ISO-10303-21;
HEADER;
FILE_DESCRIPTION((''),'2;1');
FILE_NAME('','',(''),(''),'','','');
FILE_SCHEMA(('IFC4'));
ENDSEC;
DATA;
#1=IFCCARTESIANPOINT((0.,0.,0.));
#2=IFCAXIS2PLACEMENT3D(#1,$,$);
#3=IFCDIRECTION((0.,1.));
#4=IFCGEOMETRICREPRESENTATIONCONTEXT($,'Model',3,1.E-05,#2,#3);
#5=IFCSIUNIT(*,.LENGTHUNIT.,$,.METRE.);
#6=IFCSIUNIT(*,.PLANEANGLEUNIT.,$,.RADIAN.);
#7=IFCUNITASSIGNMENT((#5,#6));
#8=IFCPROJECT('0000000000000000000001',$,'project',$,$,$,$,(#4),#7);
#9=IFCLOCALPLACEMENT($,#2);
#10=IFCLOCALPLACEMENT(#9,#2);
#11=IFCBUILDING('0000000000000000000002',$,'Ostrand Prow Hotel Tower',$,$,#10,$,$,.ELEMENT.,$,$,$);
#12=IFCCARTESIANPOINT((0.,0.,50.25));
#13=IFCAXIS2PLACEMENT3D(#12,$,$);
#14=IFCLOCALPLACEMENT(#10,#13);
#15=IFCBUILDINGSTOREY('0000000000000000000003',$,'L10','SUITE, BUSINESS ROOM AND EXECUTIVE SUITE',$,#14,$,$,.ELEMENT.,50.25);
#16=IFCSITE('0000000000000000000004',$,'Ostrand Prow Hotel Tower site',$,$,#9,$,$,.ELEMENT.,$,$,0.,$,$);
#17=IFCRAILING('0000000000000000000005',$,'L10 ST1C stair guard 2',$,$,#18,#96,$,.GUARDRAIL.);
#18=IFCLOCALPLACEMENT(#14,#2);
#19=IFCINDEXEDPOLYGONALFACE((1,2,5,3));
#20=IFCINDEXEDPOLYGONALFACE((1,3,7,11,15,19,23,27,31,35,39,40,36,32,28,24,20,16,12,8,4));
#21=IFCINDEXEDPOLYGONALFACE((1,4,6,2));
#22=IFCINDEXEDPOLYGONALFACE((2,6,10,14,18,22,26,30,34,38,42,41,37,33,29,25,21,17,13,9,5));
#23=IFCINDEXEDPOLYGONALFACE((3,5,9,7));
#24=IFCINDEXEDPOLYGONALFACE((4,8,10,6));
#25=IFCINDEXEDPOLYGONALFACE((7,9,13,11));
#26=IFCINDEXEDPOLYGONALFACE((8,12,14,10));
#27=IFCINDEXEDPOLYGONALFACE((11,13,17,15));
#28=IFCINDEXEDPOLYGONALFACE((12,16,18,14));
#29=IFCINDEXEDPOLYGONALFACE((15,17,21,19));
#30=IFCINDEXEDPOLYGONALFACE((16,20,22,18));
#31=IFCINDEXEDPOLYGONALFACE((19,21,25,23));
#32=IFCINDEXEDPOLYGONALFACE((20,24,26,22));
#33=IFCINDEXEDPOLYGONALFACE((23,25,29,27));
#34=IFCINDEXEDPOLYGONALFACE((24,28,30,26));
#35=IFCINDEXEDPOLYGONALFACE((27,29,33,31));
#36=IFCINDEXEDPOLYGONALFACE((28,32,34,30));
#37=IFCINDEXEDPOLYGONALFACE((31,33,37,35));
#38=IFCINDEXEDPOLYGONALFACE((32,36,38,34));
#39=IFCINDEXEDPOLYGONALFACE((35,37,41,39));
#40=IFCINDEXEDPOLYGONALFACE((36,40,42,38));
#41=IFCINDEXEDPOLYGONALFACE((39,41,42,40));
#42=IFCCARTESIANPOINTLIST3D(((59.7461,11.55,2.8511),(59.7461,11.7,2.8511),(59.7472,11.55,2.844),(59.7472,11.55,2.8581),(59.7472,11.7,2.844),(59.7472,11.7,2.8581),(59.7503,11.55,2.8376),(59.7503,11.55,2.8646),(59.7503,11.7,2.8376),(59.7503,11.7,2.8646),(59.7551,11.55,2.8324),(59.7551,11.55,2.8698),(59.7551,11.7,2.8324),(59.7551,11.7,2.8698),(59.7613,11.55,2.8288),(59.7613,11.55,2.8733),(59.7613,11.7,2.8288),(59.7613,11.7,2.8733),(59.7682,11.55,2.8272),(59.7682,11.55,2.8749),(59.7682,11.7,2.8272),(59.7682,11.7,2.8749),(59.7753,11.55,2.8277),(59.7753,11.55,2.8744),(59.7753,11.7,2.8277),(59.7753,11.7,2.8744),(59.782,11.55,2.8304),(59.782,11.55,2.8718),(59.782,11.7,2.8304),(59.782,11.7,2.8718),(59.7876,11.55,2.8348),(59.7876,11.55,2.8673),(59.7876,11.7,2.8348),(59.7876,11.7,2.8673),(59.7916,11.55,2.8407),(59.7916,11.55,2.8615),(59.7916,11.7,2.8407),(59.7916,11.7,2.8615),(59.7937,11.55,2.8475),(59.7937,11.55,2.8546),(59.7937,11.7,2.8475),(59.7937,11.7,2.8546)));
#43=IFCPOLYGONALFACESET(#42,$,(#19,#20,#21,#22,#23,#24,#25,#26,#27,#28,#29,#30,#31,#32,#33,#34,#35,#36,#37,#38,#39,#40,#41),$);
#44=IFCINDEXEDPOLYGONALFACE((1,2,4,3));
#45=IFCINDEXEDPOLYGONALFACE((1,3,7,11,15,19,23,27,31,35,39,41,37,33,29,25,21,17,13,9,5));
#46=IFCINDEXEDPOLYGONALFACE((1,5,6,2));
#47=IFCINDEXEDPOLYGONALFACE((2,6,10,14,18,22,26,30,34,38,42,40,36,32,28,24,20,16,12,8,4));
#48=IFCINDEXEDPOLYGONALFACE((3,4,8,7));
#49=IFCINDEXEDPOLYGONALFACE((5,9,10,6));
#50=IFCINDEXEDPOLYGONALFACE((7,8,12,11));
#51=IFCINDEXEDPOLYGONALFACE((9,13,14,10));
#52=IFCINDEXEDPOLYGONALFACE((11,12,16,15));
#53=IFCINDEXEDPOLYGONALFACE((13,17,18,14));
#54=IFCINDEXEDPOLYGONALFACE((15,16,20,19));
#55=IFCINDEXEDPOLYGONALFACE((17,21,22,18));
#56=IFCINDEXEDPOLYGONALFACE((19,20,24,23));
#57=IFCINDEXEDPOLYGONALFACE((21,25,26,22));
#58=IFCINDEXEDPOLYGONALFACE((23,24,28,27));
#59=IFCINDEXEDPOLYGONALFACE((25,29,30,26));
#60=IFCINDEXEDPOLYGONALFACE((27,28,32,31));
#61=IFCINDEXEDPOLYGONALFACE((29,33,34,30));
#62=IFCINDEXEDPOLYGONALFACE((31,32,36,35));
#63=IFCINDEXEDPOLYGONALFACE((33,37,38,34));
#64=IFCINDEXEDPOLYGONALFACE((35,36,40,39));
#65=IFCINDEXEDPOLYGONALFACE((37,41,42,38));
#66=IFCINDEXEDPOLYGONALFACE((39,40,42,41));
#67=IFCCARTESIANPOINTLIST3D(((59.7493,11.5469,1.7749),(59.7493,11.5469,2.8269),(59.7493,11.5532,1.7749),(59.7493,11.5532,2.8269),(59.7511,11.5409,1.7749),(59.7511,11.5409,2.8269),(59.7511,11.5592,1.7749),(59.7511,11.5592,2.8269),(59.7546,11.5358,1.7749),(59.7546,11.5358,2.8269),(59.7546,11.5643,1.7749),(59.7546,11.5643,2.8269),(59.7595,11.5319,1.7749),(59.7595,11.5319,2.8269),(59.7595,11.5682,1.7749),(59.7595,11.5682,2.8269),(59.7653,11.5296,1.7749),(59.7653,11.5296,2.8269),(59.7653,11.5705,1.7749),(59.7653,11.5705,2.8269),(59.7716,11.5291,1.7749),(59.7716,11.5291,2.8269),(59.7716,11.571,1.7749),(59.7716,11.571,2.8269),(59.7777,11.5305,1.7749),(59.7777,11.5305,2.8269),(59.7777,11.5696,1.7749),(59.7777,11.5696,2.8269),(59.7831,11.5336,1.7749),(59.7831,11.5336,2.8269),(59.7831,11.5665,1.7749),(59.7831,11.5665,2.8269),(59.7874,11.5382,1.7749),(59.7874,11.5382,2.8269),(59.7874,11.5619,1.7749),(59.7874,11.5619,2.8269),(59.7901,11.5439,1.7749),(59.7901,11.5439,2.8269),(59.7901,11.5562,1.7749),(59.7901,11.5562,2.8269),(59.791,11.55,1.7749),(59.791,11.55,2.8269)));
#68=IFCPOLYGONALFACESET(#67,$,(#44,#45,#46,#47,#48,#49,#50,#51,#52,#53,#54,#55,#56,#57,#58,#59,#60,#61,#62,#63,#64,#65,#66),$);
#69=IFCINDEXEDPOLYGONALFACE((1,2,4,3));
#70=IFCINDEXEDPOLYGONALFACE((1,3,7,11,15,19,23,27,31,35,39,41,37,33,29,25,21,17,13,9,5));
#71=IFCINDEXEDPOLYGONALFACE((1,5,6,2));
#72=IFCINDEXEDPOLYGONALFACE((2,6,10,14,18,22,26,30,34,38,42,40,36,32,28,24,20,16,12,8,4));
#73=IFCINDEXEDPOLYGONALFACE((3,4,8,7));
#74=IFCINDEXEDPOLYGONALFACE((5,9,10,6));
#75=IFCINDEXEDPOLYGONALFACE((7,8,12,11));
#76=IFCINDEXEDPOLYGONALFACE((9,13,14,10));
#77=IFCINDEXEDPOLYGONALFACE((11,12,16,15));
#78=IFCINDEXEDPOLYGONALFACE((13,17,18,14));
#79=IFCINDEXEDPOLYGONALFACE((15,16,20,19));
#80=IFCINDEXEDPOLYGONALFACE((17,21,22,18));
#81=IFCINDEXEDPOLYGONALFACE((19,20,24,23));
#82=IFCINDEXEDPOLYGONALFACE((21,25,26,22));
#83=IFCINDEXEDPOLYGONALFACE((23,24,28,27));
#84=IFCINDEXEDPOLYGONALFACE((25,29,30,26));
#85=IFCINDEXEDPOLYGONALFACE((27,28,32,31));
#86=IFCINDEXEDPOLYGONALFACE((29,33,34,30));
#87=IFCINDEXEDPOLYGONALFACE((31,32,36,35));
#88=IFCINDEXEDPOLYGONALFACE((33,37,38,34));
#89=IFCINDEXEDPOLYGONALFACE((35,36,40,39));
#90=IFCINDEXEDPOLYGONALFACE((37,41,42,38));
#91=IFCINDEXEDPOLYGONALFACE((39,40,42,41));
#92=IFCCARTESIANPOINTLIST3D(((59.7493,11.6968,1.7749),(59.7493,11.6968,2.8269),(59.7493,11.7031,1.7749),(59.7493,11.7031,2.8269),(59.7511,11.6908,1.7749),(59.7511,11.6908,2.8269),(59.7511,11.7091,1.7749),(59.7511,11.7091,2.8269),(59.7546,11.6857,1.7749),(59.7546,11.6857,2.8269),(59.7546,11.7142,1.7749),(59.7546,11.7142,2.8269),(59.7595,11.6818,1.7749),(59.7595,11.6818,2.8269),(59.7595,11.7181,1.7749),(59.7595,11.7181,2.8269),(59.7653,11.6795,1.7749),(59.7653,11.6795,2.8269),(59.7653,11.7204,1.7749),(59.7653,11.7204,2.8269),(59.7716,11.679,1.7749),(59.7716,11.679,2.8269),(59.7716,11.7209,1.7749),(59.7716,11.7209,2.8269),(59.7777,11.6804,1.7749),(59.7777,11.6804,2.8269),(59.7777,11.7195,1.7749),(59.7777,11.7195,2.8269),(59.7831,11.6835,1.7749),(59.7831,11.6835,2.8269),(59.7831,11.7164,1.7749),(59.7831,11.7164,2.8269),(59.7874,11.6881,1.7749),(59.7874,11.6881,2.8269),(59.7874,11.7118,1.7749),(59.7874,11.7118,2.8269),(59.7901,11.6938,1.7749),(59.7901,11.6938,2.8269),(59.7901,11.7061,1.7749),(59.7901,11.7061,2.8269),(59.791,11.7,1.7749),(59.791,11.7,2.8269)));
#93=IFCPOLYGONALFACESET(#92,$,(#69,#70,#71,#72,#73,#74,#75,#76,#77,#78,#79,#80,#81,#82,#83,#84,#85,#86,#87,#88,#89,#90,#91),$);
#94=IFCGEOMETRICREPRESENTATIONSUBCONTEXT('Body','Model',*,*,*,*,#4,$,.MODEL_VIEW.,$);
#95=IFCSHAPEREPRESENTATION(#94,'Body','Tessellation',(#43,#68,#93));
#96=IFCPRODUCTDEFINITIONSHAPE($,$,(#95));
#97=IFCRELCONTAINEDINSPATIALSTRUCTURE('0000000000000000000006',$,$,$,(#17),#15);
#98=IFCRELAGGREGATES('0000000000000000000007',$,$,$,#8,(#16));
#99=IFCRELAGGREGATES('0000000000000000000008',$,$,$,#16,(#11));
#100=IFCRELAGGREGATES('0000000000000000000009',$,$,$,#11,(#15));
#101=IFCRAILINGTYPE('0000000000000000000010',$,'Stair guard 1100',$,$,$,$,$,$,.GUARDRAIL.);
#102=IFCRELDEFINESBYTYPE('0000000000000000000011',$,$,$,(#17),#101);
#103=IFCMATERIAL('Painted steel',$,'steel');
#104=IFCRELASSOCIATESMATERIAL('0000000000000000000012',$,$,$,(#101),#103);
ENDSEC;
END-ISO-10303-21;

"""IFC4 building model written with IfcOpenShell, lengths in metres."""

from ifc_helpers import new_model, si_unit, direction, frame, origin, origin_2d, place, context, subcontext, project, spatial, circle, extrude, material, type_object, element, save


model = new_model("IFC4")

# Units and contexts
model_context = context("Model", 3, precision=1e-05, world=origin(), true_north=direction((0.0, 1.0)))
body_context = subcontext(model_context, "Body", "Model", "MODEL_VIEW")
ifc_project = project(units=[si_unit("LENGTHUNIT", "METRE"), si_unit("PLANEANGLEUNIT", "RADIAN")], contexts=[model_context])

# Site, building, storey
site_placement = place(None, origin())
site = spatial("IfcSite", under=ifc_project, at=site_placement, Name="Ostrand Prow Hotel Tower site", CompositionType="ELEMENT", RefElevation=0.0)
building_placement = place(site_placement, origin())
building = spatial("IfcBuilding", under=site, at=building_placement, Name="Ostrand Prow Hotel Tower", CompositionType="ELEMENT")
storey_placement = place(building_placement, frame((0.0, 0.0, 50.25)))
storey = spatial("IfcBuildingStorey", under=building, at=storey_placement, Name="L10", Description="SUITE, BUSINESS ROOM AND EXECUTIVE SUITE", CompositionType="ELEMENT", Elevation=50.25)

# Railing
ifc_material_1 = material(Name="Painted steel", Category="steel")
railing_type_1 = type_object("IfcRailingType", Name="Stair guard 1100", PredefinedType="GUARDRAIL", material=ifc_material_1)
railing_1_placement = place(storey_placement, frame((59.77, 11.55, 1.7749)))
element("IfcRailing", 1, at=railing_1_placement, inside=storey, type_object=railing_type_1, Name="L10 ST1C stair guard 2", PredefinedType="GUARDRAIL", context=body_context, shape_type="SweptSolid", body=[
    extrude(circle(Radius=0.0239, at=origin_2d()), frame((0.0, 0.0, 1.0762), z_axis=(0.0, 1.0, 0.0), x_axis=(-1.0, 0.0, 0.0)), (0.0, 0.0, 1.0), 0.1499),
    extrude(circle(Radius=0.021, at=origin_2d()), origin(), (0.0, 0.0, 1.0), 1.052),
    extrude(circle(Radius=0.021, at=origin_2d()), frame((0.0, 0.1499, 0.0)), (0.0, 0.0, 1.0), 1.052),
])

save(model, "model.ifc")
